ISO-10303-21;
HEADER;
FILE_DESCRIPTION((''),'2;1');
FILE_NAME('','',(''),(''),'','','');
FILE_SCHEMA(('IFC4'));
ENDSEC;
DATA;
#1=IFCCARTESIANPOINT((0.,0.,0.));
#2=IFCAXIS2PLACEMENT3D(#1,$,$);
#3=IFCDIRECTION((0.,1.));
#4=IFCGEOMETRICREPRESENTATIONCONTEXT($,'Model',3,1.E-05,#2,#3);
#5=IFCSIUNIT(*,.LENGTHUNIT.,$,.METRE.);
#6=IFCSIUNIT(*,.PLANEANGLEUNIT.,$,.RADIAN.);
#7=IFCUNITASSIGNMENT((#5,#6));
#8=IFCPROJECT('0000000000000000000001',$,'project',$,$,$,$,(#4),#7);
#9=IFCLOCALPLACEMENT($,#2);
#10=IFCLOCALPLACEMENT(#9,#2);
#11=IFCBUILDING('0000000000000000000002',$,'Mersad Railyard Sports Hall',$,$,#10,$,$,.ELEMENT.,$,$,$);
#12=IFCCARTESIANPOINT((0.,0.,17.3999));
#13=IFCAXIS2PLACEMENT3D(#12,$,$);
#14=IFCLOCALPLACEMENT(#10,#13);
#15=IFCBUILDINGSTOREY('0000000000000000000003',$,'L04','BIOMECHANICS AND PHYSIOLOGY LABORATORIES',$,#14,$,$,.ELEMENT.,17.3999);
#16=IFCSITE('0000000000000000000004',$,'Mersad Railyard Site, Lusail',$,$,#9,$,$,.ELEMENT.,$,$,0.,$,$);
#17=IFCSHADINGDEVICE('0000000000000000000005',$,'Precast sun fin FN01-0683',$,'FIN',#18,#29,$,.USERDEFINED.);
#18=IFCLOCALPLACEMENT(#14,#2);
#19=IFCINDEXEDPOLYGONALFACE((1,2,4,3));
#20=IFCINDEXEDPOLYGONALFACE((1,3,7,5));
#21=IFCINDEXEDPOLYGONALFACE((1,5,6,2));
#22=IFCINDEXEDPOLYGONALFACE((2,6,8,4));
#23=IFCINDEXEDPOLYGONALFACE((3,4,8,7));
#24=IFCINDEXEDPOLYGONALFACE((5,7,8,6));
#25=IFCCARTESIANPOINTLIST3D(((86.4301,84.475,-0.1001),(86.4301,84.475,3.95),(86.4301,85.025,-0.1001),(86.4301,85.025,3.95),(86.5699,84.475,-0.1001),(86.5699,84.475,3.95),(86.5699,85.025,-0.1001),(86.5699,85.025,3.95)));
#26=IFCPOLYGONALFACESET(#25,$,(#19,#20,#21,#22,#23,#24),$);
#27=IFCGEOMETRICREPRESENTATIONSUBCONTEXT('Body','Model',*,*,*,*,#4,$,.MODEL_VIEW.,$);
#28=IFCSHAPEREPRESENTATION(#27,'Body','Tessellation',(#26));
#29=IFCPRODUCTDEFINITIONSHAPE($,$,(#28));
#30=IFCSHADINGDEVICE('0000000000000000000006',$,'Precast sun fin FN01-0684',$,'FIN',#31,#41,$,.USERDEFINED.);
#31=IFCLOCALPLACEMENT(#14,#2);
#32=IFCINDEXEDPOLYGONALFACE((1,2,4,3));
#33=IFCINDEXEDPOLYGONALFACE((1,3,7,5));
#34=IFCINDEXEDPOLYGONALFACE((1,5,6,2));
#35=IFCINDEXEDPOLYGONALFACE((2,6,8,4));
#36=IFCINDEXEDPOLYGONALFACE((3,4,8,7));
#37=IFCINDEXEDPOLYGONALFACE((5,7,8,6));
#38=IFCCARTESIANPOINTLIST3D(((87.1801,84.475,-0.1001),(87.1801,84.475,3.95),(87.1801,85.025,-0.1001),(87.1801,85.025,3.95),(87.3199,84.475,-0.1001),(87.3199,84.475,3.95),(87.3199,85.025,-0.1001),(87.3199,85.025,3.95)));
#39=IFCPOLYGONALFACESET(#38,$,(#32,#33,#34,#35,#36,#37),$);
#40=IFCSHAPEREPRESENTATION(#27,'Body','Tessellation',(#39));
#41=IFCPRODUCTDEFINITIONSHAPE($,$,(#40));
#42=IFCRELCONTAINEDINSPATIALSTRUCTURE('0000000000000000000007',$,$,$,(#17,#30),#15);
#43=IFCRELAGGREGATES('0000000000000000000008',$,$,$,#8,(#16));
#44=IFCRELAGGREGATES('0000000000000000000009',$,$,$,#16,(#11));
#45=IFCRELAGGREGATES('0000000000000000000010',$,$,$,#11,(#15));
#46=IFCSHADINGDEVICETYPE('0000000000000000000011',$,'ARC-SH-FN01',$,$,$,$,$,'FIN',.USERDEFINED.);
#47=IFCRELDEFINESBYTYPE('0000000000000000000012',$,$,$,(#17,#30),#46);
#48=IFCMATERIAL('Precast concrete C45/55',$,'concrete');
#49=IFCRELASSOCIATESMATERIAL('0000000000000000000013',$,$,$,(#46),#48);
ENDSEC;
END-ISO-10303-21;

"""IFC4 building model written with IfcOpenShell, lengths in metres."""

from ifc_helpers import new_model, si_unit, direction, frame, origin, origin_2d, place, context, subcontext, project, spatial, rectangle, extrude, material, type_object, element, save


model = new_model("IFC4")

# Units and contexts
model_context = context("Model", 3, precision=1e-05, world=origin(), true_north=direction((0.0, 1.0)))
body_context = subcontext(model_context, "Body", "Model", "MODEL_VIEW")
ifc_project = project(units=[si_unit("LENGTHUNIT", "METRE"), si_unit("PLANEANGLEUNIT", "RADIAN")], contexts=[model_context])

# Site, building, storey
site_placement = place(None, origin())
site = spatial("IfcSite", under=ifc_project, at=site_placement, Name="Mersad Railyard Site, Lusail", CompositionType="ELEMENT", RefElevation=0.0)
building_placement = place(site_placement, origin())
building = spatial("IfcBuilding", under=site, at=building_placement, Name="Mersad Railyard Sports Hall", CompositionType="ELEMENT")
storey_placement = place(building_placement, frame((0.0, 0.0, 17.3999)))
storey = spatial("IfcBuildingStorey", under=building, at=storey_placement, Name="L04", Description="BIOMECHANICS AND PHYSIOLOGY LABORATORIES", CompositionType="ELEMENT", Elevation=17.3999)

# Shading devices
ifc_material_1 = material(Name="Precast concrete C45/55", Category="concrete")
shading_device_type = type_object("IfcShadingDeviceType", Name="ARC-SH-FN01", ElementType="FIN", PredefinedType="USERDEFINED", material=ifc_material_1)
for number, where, z_axis, x_axis, name in (
    (1, (86.5, 84.75, -0.1001), (0.0, 0.0, 1.0), (1.0, 0.0, 0.0), "Precast sun fin FN01-0683"),
    (2, (87.25, 84.75, -0.1001), (0.0, 0.0, 1.0), (1.0, 0.0, 0.0), "Precast sun fin FN01-0684"),
):
    element("IfcShadingDevice", number, at=place(storey_placement, frame(where, z_axis=z_axis, x_axis=x_axis)), inside=storey, type_object=shading_device_type, Name=name, ObjectType="FIN", PredefinedType="USERDEFINED", context=body_context, shape_type="SweptSolid", body=[
        extrude(rectangle(XDim=0.1399, YDim=0.55, at=origin_2d()), origin(), (0.0, 0.0, 1.0), 4.05),
    ])

save(model, "model.ifc")
